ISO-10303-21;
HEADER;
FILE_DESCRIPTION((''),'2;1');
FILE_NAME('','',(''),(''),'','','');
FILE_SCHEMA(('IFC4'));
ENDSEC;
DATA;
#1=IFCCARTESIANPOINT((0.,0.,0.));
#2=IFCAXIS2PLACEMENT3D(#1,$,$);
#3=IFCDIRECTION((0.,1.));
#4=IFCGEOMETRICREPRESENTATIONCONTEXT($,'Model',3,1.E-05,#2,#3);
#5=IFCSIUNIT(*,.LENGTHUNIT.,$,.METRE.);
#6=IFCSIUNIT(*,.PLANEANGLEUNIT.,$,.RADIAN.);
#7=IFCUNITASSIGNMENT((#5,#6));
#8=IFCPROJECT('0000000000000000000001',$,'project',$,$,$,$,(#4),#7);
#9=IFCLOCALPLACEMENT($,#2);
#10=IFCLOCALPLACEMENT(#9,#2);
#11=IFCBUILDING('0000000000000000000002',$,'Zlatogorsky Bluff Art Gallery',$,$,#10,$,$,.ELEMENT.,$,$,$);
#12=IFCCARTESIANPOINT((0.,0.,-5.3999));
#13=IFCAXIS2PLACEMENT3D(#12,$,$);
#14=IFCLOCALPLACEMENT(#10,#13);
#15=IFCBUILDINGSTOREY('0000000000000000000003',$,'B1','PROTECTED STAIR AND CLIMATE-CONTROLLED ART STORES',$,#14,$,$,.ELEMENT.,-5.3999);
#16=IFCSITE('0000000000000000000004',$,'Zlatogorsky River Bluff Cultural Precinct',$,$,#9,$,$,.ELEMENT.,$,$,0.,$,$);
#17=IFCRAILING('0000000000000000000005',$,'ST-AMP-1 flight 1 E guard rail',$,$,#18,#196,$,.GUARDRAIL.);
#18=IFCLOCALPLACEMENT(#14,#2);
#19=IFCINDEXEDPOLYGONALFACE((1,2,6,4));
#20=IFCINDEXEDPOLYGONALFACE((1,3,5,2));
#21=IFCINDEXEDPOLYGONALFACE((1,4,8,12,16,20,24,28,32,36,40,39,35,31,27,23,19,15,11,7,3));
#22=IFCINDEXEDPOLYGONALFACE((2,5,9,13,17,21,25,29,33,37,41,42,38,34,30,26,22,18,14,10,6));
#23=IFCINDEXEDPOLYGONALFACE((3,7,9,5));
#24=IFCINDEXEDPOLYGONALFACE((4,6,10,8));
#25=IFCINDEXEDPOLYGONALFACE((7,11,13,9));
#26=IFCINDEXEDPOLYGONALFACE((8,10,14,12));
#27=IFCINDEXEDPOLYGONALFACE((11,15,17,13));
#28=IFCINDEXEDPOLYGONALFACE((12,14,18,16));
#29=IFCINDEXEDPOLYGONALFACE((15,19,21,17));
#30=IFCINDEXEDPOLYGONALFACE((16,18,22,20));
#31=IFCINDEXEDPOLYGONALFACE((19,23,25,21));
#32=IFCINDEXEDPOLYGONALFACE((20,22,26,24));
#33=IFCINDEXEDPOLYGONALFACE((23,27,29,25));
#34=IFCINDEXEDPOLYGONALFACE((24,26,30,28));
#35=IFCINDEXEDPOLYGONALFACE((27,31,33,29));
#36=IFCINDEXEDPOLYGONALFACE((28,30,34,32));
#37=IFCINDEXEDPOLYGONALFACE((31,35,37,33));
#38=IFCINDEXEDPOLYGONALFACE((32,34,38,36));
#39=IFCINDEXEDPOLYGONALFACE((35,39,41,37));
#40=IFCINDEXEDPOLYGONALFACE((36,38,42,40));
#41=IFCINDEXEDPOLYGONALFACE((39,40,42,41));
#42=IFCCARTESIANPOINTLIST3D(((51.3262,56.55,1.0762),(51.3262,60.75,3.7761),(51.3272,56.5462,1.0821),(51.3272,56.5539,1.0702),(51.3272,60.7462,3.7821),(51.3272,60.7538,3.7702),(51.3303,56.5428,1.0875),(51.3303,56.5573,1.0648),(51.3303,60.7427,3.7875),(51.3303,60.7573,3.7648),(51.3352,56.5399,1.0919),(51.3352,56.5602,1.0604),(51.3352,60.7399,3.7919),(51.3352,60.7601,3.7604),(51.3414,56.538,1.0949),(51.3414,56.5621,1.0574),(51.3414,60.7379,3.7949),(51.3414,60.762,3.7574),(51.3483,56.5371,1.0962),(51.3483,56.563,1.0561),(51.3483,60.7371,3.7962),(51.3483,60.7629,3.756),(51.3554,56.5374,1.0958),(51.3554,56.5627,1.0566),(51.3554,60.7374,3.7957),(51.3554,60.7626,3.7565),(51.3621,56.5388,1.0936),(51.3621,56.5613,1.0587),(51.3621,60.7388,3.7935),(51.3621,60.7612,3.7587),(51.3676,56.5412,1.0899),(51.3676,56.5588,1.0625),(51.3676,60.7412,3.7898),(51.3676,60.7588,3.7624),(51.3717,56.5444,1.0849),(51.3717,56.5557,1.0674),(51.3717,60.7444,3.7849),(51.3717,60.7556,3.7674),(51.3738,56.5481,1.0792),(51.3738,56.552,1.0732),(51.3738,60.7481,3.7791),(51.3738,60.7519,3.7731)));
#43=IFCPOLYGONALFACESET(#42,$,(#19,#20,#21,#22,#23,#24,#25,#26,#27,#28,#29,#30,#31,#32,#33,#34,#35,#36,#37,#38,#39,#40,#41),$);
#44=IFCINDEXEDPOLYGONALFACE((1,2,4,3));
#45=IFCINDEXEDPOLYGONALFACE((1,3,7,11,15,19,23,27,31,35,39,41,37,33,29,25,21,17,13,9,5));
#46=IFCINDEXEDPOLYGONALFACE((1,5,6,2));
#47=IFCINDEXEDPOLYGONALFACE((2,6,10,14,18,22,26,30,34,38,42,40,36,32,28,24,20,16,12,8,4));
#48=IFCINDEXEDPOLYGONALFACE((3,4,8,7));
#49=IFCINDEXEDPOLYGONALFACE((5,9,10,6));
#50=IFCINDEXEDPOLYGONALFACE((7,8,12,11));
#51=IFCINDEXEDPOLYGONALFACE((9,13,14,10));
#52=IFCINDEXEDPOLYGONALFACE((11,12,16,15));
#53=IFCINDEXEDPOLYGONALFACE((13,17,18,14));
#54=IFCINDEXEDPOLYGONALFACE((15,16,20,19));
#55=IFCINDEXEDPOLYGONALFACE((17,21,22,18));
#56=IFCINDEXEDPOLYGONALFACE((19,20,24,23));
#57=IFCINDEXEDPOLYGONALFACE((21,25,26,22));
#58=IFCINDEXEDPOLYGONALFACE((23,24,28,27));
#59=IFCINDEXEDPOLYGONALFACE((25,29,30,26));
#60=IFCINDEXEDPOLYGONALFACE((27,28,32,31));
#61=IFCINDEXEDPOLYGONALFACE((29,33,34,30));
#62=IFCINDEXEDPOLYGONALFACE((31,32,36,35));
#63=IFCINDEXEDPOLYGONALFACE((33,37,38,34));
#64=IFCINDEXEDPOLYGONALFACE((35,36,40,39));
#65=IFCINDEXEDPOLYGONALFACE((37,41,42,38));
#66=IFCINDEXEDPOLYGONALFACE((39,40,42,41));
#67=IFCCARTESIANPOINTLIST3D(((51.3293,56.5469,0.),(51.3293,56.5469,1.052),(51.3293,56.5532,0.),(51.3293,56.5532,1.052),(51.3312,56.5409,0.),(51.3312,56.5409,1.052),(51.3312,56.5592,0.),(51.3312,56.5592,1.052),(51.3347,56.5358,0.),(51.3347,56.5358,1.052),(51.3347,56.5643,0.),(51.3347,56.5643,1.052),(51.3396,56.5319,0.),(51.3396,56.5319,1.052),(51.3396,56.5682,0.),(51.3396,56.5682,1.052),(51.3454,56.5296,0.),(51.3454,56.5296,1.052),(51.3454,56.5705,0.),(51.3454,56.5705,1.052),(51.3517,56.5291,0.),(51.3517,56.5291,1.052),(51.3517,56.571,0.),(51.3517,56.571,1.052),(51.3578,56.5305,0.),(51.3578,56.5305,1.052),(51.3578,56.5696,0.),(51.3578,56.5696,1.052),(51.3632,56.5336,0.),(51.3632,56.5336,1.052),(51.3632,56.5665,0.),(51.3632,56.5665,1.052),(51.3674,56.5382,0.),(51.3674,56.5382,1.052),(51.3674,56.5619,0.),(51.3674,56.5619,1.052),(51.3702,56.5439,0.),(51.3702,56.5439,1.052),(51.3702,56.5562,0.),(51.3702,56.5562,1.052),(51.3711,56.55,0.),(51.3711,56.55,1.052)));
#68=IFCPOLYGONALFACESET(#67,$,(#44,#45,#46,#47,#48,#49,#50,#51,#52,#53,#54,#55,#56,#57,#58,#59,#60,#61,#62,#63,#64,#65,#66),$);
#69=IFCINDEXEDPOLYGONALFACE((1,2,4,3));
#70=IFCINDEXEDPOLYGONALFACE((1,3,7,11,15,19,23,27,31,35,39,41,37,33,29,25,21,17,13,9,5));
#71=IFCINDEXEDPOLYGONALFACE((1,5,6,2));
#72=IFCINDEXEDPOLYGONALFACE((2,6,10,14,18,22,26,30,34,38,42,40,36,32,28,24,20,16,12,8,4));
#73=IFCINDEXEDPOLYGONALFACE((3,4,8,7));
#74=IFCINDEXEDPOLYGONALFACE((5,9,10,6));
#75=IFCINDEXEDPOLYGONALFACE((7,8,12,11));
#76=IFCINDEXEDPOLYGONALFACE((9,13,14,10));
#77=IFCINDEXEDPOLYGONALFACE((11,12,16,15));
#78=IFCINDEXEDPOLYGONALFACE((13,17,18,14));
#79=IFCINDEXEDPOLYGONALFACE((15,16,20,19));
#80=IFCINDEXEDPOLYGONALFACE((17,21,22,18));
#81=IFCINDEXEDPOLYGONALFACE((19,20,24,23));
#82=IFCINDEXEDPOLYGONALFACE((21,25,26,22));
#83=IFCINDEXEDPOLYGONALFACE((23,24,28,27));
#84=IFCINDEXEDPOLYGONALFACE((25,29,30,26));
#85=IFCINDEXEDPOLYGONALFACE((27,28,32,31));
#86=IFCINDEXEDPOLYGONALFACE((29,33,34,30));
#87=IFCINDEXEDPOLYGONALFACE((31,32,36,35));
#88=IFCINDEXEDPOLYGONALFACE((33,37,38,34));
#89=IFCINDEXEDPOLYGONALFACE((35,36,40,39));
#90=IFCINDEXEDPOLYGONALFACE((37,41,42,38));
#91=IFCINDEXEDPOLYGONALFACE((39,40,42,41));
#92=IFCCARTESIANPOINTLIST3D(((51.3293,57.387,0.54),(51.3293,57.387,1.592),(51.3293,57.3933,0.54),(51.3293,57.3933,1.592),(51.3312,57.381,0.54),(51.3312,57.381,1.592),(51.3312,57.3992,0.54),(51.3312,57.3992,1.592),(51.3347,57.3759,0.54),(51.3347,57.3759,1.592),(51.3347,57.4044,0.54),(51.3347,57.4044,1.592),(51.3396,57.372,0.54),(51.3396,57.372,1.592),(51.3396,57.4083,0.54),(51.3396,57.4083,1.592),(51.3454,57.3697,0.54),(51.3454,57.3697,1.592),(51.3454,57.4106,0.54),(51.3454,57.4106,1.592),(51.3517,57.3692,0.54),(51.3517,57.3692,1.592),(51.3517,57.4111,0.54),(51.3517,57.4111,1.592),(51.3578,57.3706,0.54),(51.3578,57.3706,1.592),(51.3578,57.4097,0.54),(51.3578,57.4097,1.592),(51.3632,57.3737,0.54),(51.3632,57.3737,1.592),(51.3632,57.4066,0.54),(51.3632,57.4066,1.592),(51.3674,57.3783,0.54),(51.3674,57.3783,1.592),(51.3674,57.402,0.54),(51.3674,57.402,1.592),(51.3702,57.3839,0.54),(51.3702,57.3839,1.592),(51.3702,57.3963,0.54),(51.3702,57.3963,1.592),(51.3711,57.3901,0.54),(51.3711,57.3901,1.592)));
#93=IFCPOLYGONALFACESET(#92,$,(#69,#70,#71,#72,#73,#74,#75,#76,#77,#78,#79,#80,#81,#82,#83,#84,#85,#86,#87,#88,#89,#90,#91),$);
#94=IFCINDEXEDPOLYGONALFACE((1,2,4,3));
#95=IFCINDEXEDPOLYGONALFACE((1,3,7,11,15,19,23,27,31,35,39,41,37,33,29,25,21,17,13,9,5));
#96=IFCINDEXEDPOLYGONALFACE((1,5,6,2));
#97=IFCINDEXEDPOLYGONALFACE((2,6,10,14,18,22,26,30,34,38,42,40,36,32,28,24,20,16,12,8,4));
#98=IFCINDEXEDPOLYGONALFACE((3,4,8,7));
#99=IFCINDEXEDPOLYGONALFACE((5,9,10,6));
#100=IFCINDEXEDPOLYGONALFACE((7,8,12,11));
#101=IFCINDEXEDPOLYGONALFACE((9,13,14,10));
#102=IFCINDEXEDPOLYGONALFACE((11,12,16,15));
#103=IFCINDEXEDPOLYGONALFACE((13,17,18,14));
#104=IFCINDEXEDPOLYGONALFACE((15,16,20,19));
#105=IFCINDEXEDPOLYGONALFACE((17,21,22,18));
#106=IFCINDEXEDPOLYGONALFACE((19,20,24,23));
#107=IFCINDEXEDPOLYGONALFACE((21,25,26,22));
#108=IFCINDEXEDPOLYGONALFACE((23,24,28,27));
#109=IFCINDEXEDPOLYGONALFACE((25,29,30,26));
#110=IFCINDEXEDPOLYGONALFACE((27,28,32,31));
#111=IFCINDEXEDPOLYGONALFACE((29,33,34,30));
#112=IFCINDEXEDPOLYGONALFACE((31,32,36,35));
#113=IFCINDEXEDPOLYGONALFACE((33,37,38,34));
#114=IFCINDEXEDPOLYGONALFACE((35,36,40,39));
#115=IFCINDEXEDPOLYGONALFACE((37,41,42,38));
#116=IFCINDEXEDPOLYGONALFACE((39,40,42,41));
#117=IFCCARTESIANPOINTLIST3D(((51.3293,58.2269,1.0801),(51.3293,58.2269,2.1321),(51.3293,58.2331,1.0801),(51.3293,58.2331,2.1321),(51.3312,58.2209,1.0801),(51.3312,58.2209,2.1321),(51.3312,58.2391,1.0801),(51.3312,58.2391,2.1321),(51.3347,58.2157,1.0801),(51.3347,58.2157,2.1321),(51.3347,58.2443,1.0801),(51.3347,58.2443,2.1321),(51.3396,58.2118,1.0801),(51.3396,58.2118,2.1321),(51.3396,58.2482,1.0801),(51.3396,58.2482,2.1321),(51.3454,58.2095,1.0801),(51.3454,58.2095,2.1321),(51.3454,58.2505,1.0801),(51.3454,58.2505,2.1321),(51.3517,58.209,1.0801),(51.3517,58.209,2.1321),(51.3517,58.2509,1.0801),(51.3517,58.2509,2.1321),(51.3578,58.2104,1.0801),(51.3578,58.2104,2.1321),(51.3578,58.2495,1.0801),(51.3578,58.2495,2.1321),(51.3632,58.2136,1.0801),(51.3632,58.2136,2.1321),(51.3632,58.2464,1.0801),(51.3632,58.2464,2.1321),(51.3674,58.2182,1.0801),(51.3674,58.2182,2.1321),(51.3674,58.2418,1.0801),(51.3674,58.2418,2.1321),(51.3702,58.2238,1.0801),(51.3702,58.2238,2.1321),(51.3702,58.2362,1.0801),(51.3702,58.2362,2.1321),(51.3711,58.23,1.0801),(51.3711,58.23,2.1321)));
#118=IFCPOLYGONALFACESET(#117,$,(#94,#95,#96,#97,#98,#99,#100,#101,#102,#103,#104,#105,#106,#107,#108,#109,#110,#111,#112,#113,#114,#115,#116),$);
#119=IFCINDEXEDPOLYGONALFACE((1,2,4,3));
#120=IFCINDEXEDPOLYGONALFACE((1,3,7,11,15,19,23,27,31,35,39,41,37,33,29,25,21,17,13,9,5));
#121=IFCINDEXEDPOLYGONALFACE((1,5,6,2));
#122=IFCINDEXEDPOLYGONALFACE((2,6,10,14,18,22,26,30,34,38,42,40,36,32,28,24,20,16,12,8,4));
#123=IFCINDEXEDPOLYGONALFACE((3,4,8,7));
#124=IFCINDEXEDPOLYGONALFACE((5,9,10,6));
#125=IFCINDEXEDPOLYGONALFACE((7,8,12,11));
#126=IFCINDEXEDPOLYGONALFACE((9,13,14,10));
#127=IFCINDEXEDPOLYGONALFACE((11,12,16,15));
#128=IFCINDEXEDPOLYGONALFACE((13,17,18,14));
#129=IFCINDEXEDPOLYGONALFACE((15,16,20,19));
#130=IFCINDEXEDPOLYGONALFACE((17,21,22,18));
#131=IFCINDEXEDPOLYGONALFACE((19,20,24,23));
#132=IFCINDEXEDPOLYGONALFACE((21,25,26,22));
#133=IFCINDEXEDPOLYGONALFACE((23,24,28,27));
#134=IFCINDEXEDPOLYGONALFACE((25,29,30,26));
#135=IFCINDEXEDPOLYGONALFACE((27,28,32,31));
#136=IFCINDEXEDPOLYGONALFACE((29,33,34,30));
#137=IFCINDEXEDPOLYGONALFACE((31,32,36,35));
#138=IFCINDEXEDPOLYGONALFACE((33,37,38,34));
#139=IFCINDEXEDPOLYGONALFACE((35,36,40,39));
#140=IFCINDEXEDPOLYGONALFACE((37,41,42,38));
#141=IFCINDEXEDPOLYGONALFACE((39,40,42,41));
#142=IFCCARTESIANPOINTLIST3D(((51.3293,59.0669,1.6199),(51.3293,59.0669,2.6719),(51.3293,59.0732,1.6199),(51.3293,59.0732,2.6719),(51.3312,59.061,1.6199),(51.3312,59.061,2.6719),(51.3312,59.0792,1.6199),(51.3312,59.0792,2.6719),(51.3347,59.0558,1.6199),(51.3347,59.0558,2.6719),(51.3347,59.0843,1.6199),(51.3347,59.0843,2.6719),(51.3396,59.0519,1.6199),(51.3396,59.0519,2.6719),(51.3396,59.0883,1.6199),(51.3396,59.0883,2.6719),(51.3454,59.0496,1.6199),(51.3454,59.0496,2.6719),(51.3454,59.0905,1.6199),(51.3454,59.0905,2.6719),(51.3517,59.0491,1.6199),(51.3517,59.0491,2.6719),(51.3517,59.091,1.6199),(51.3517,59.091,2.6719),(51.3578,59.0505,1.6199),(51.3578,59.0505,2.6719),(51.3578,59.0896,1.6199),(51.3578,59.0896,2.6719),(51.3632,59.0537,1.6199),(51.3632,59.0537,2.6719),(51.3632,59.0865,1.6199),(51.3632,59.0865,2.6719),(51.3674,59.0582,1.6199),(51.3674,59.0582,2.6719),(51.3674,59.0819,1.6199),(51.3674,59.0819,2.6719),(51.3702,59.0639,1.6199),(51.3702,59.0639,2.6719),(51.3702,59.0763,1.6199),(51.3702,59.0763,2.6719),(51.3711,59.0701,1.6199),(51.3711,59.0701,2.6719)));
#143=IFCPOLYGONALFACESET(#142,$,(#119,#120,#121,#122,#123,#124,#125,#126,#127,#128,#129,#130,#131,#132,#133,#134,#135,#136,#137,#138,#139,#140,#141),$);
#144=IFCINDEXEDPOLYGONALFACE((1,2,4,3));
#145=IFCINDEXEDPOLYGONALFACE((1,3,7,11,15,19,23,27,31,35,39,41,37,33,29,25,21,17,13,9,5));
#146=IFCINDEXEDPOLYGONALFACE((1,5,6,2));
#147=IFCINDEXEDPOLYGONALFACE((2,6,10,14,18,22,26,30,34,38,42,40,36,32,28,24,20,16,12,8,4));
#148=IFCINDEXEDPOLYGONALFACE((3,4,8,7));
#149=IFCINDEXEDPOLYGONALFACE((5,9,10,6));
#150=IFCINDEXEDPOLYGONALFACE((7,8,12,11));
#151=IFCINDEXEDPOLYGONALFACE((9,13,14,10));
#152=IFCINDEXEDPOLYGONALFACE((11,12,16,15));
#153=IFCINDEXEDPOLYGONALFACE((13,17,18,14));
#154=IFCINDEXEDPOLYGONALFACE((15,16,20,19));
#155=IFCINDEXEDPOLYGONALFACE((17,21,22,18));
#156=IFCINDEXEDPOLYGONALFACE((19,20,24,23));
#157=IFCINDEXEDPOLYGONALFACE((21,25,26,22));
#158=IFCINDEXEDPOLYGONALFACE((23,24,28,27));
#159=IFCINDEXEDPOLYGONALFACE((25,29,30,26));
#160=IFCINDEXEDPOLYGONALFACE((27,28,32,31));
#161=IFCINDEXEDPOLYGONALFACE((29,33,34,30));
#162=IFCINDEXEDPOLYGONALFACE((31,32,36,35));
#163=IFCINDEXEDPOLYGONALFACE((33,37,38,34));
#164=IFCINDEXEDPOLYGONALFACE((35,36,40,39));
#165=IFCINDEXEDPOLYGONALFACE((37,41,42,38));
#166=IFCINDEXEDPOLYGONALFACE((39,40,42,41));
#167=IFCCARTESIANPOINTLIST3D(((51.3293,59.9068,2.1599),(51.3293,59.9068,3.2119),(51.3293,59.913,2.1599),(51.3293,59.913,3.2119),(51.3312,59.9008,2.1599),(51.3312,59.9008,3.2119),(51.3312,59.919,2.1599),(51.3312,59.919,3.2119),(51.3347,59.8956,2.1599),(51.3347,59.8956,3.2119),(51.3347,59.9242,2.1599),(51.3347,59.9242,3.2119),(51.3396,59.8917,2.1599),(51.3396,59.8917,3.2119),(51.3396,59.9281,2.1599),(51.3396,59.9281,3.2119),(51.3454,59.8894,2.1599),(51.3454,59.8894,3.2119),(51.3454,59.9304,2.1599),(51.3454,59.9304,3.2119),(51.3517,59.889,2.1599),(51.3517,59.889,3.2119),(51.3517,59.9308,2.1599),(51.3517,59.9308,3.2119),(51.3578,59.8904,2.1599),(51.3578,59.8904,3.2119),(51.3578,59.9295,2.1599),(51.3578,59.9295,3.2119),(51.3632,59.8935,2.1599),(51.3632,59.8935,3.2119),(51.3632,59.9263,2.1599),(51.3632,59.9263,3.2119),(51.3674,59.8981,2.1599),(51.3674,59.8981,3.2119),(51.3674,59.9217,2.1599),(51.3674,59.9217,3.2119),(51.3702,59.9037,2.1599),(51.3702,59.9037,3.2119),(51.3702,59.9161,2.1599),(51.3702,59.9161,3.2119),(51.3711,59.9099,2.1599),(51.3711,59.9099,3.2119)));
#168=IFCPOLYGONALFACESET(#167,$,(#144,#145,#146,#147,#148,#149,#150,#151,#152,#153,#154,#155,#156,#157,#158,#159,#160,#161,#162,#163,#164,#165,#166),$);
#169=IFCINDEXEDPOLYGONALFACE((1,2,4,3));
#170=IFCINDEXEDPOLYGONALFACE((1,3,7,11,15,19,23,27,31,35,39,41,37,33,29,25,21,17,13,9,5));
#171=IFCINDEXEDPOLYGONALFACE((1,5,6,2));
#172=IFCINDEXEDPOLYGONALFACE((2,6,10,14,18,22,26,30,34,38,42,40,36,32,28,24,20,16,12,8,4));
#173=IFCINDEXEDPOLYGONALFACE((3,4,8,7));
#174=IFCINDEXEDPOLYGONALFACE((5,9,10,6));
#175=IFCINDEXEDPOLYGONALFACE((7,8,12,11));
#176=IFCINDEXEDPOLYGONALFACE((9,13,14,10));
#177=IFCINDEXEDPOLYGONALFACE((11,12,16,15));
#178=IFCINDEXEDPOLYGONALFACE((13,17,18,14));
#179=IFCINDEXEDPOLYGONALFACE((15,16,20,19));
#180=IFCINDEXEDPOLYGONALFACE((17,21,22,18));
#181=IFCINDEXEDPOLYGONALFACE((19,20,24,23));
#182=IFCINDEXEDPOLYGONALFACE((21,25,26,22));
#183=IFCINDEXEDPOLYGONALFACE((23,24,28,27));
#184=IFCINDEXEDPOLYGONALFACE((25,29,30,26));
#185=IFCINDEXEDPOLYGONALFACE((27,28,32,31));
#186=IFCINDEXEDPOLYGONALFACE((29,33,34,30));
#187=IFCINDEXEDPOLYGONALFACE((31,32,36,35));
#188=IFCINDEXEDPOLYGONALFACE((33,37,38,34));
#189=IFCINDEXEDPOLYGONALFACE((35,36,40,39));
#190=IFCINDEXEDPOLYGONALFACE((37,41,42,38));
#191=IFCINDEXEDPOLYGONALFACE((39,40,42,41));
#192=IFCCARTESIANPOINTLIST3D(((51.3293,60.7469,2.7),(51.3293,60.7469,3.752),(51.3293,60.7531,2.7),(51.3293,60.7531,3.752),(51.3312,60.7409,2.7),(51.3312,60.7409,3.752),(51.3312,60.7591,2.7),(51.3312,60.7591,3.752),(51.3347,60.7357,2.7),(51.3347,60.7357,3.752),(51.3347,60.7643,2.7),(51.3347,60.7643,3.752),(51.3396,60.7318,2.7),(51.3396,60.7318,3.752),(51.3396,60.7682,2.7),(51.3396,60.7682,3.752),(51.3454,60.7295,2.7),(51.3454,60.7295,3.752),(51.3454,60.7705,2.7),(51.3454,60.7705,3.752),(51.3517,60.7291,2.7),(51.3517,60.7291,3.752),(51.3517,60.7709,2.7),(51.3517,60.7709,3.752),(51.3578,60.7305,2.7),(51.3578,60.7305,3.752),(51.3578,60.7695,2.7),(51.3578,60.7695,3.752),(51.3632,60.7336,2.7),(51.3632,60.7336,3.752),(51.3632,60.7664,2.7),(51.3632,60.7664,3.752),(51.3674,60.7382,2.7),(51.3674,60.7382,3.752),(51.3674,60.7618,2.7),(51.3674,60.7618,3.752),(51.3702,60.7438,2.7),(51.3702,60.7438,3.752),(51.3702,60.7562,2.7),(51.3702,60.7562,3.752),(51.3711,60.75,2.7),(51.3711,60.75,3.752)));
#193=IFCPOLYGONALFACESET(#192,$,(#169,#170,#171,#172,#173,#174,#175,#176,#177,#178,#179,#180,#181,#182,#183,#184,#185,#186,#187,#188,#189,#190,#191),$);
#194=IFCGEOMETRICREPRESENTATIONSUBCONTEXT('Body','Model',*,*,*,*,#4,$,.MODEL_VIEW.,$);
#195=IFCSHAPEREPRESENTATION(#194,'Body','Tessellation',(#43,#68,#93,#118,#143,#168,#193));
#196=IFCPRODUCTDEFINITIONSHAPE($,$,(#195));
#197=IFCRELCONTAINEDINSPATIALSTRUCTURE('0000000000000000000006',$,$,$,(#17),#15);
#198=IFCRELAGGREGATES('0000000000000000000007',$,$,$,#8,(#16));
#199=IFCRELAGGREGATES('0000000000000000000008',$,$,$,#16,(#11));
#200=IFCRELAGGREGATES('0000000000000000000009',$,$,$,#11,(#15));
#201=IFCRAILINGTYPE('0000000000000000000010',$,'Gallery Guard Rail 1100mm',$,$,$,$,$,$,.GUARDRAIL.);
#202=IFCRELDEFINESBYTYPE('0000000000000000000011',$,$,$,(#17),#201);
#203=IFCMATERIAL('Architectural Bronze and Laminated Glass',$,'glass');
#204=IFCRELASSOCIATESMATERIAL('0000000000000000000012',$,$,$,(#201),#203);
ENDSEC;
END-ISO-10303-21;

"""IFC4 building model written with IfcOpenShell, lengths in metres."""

from ifc_helpers import new_model, si_unit, direction, frame, origin, origin_2d, place, context, subcontext, project, spatial, circle, extrude, material, type_object, element, save


model = new_model("IFC4")

# Units and contexts
model_context = context("Model", 3, precision=1e-05, world=origin(), true_north=direction((0.0, 1.0)))
body_context = subcontext(model_context, "Body", "Model", "MODEL_VIEW")
ifc_project = project(units=[si_unit("LENGTHUNIT", "METRE"), si_unit("PLANEANGLEUNIT", "RADIAN")], contexts=[model_context])

# Site, building, storey
site_placement = place(None, origin())
site = spatial("IfcSite", under=ifc_project, at=site_placement, Name="Zlatogorsky River Bluff Cultural Precinct", CompositionType="ELEMENT", RefElevation=0.0)
building_placement = place(site_placement, origin())
building = spatial("IfcBuilding", under=site, at=building_placement, Name="Zlatogorsky Bluff Art Gallery", CompositionType="ELEMENT")
storey_placement = place(building_placement, frame((0.0, 0.0, -5.3999)))
storey = spatial("IfcBuildingStorey", under=building, at=storey_placement, Name="B1", Description="PROTECTED STAIR AND CLIMATE-CONTROLLED ART STORES", CompositionType="ELEMENT", Elevation=-5.3999)

# Railing
ifc_material_1 = material(Name="Architectural Bronze and Laminated Glass", Category="glass")
railing_type_1 = type_object("IfcRailingType", Name="Gallery Guard Rail 1100mm", PredefinedType="GUARDRAIL", material=ifc_material_1)
for number, where, name in (
    (1, (51.3501, 56.55, 0.0), "ST-AMP-1 flight 1 E guard rail"),
):
    element("IfcRailing", number, at=place(storey_placement, frame(where)), inside=storey, type_object=railing_type_1, Name=name, PredefinedType="GUARDRAIL", context=body_context, shape_type="SweptSolid", body=[
        extrude(circle(Radius=0.0239, at=origin_2d()), frame((0.0, 0.0, 1.0762), z_axis=(0.0, 0.84118, 0.540755), x_axis=(-1.0, 0.0, 0.0)), (0.0, 0.0, 1.0), 4.9929),
        extrude(circle(Radius=0.021, at=origin_2d()), origin(), (0.0, 0.0, 1.0), 1.052),
        extrude(circle(Radius=0.021, at=origin_2d()), frame((0.0, 0.8401, 0.54)), (0.0, 0.0, 1.0), 1.052),
        extrude(circle(Radius=0.021, at=origin_2d()), frame((0.0, 1.6799, 1.0801)), (0.0, 0.0, 1.0), 1.052),
        extrude(circle(Radius=0.021, at=origin_2d()), frame((0.0, 2.52, 1.6199)), (0.0, 0.0, 1.0), 1.052),
        extrude(circle(Radius=0.021, at=origin_2d()), frame((0.0, 3.3599, 2.1599)), (0.0, 0.0, 1.0), 1.052),
        extrude(circle(Radius=0.021, at=origin_2d()), frame((0.0, 4.2, 2.7)), (0.0, 0.0, 1.0), 1.052),
    ])

save(model, "model.ifc")
